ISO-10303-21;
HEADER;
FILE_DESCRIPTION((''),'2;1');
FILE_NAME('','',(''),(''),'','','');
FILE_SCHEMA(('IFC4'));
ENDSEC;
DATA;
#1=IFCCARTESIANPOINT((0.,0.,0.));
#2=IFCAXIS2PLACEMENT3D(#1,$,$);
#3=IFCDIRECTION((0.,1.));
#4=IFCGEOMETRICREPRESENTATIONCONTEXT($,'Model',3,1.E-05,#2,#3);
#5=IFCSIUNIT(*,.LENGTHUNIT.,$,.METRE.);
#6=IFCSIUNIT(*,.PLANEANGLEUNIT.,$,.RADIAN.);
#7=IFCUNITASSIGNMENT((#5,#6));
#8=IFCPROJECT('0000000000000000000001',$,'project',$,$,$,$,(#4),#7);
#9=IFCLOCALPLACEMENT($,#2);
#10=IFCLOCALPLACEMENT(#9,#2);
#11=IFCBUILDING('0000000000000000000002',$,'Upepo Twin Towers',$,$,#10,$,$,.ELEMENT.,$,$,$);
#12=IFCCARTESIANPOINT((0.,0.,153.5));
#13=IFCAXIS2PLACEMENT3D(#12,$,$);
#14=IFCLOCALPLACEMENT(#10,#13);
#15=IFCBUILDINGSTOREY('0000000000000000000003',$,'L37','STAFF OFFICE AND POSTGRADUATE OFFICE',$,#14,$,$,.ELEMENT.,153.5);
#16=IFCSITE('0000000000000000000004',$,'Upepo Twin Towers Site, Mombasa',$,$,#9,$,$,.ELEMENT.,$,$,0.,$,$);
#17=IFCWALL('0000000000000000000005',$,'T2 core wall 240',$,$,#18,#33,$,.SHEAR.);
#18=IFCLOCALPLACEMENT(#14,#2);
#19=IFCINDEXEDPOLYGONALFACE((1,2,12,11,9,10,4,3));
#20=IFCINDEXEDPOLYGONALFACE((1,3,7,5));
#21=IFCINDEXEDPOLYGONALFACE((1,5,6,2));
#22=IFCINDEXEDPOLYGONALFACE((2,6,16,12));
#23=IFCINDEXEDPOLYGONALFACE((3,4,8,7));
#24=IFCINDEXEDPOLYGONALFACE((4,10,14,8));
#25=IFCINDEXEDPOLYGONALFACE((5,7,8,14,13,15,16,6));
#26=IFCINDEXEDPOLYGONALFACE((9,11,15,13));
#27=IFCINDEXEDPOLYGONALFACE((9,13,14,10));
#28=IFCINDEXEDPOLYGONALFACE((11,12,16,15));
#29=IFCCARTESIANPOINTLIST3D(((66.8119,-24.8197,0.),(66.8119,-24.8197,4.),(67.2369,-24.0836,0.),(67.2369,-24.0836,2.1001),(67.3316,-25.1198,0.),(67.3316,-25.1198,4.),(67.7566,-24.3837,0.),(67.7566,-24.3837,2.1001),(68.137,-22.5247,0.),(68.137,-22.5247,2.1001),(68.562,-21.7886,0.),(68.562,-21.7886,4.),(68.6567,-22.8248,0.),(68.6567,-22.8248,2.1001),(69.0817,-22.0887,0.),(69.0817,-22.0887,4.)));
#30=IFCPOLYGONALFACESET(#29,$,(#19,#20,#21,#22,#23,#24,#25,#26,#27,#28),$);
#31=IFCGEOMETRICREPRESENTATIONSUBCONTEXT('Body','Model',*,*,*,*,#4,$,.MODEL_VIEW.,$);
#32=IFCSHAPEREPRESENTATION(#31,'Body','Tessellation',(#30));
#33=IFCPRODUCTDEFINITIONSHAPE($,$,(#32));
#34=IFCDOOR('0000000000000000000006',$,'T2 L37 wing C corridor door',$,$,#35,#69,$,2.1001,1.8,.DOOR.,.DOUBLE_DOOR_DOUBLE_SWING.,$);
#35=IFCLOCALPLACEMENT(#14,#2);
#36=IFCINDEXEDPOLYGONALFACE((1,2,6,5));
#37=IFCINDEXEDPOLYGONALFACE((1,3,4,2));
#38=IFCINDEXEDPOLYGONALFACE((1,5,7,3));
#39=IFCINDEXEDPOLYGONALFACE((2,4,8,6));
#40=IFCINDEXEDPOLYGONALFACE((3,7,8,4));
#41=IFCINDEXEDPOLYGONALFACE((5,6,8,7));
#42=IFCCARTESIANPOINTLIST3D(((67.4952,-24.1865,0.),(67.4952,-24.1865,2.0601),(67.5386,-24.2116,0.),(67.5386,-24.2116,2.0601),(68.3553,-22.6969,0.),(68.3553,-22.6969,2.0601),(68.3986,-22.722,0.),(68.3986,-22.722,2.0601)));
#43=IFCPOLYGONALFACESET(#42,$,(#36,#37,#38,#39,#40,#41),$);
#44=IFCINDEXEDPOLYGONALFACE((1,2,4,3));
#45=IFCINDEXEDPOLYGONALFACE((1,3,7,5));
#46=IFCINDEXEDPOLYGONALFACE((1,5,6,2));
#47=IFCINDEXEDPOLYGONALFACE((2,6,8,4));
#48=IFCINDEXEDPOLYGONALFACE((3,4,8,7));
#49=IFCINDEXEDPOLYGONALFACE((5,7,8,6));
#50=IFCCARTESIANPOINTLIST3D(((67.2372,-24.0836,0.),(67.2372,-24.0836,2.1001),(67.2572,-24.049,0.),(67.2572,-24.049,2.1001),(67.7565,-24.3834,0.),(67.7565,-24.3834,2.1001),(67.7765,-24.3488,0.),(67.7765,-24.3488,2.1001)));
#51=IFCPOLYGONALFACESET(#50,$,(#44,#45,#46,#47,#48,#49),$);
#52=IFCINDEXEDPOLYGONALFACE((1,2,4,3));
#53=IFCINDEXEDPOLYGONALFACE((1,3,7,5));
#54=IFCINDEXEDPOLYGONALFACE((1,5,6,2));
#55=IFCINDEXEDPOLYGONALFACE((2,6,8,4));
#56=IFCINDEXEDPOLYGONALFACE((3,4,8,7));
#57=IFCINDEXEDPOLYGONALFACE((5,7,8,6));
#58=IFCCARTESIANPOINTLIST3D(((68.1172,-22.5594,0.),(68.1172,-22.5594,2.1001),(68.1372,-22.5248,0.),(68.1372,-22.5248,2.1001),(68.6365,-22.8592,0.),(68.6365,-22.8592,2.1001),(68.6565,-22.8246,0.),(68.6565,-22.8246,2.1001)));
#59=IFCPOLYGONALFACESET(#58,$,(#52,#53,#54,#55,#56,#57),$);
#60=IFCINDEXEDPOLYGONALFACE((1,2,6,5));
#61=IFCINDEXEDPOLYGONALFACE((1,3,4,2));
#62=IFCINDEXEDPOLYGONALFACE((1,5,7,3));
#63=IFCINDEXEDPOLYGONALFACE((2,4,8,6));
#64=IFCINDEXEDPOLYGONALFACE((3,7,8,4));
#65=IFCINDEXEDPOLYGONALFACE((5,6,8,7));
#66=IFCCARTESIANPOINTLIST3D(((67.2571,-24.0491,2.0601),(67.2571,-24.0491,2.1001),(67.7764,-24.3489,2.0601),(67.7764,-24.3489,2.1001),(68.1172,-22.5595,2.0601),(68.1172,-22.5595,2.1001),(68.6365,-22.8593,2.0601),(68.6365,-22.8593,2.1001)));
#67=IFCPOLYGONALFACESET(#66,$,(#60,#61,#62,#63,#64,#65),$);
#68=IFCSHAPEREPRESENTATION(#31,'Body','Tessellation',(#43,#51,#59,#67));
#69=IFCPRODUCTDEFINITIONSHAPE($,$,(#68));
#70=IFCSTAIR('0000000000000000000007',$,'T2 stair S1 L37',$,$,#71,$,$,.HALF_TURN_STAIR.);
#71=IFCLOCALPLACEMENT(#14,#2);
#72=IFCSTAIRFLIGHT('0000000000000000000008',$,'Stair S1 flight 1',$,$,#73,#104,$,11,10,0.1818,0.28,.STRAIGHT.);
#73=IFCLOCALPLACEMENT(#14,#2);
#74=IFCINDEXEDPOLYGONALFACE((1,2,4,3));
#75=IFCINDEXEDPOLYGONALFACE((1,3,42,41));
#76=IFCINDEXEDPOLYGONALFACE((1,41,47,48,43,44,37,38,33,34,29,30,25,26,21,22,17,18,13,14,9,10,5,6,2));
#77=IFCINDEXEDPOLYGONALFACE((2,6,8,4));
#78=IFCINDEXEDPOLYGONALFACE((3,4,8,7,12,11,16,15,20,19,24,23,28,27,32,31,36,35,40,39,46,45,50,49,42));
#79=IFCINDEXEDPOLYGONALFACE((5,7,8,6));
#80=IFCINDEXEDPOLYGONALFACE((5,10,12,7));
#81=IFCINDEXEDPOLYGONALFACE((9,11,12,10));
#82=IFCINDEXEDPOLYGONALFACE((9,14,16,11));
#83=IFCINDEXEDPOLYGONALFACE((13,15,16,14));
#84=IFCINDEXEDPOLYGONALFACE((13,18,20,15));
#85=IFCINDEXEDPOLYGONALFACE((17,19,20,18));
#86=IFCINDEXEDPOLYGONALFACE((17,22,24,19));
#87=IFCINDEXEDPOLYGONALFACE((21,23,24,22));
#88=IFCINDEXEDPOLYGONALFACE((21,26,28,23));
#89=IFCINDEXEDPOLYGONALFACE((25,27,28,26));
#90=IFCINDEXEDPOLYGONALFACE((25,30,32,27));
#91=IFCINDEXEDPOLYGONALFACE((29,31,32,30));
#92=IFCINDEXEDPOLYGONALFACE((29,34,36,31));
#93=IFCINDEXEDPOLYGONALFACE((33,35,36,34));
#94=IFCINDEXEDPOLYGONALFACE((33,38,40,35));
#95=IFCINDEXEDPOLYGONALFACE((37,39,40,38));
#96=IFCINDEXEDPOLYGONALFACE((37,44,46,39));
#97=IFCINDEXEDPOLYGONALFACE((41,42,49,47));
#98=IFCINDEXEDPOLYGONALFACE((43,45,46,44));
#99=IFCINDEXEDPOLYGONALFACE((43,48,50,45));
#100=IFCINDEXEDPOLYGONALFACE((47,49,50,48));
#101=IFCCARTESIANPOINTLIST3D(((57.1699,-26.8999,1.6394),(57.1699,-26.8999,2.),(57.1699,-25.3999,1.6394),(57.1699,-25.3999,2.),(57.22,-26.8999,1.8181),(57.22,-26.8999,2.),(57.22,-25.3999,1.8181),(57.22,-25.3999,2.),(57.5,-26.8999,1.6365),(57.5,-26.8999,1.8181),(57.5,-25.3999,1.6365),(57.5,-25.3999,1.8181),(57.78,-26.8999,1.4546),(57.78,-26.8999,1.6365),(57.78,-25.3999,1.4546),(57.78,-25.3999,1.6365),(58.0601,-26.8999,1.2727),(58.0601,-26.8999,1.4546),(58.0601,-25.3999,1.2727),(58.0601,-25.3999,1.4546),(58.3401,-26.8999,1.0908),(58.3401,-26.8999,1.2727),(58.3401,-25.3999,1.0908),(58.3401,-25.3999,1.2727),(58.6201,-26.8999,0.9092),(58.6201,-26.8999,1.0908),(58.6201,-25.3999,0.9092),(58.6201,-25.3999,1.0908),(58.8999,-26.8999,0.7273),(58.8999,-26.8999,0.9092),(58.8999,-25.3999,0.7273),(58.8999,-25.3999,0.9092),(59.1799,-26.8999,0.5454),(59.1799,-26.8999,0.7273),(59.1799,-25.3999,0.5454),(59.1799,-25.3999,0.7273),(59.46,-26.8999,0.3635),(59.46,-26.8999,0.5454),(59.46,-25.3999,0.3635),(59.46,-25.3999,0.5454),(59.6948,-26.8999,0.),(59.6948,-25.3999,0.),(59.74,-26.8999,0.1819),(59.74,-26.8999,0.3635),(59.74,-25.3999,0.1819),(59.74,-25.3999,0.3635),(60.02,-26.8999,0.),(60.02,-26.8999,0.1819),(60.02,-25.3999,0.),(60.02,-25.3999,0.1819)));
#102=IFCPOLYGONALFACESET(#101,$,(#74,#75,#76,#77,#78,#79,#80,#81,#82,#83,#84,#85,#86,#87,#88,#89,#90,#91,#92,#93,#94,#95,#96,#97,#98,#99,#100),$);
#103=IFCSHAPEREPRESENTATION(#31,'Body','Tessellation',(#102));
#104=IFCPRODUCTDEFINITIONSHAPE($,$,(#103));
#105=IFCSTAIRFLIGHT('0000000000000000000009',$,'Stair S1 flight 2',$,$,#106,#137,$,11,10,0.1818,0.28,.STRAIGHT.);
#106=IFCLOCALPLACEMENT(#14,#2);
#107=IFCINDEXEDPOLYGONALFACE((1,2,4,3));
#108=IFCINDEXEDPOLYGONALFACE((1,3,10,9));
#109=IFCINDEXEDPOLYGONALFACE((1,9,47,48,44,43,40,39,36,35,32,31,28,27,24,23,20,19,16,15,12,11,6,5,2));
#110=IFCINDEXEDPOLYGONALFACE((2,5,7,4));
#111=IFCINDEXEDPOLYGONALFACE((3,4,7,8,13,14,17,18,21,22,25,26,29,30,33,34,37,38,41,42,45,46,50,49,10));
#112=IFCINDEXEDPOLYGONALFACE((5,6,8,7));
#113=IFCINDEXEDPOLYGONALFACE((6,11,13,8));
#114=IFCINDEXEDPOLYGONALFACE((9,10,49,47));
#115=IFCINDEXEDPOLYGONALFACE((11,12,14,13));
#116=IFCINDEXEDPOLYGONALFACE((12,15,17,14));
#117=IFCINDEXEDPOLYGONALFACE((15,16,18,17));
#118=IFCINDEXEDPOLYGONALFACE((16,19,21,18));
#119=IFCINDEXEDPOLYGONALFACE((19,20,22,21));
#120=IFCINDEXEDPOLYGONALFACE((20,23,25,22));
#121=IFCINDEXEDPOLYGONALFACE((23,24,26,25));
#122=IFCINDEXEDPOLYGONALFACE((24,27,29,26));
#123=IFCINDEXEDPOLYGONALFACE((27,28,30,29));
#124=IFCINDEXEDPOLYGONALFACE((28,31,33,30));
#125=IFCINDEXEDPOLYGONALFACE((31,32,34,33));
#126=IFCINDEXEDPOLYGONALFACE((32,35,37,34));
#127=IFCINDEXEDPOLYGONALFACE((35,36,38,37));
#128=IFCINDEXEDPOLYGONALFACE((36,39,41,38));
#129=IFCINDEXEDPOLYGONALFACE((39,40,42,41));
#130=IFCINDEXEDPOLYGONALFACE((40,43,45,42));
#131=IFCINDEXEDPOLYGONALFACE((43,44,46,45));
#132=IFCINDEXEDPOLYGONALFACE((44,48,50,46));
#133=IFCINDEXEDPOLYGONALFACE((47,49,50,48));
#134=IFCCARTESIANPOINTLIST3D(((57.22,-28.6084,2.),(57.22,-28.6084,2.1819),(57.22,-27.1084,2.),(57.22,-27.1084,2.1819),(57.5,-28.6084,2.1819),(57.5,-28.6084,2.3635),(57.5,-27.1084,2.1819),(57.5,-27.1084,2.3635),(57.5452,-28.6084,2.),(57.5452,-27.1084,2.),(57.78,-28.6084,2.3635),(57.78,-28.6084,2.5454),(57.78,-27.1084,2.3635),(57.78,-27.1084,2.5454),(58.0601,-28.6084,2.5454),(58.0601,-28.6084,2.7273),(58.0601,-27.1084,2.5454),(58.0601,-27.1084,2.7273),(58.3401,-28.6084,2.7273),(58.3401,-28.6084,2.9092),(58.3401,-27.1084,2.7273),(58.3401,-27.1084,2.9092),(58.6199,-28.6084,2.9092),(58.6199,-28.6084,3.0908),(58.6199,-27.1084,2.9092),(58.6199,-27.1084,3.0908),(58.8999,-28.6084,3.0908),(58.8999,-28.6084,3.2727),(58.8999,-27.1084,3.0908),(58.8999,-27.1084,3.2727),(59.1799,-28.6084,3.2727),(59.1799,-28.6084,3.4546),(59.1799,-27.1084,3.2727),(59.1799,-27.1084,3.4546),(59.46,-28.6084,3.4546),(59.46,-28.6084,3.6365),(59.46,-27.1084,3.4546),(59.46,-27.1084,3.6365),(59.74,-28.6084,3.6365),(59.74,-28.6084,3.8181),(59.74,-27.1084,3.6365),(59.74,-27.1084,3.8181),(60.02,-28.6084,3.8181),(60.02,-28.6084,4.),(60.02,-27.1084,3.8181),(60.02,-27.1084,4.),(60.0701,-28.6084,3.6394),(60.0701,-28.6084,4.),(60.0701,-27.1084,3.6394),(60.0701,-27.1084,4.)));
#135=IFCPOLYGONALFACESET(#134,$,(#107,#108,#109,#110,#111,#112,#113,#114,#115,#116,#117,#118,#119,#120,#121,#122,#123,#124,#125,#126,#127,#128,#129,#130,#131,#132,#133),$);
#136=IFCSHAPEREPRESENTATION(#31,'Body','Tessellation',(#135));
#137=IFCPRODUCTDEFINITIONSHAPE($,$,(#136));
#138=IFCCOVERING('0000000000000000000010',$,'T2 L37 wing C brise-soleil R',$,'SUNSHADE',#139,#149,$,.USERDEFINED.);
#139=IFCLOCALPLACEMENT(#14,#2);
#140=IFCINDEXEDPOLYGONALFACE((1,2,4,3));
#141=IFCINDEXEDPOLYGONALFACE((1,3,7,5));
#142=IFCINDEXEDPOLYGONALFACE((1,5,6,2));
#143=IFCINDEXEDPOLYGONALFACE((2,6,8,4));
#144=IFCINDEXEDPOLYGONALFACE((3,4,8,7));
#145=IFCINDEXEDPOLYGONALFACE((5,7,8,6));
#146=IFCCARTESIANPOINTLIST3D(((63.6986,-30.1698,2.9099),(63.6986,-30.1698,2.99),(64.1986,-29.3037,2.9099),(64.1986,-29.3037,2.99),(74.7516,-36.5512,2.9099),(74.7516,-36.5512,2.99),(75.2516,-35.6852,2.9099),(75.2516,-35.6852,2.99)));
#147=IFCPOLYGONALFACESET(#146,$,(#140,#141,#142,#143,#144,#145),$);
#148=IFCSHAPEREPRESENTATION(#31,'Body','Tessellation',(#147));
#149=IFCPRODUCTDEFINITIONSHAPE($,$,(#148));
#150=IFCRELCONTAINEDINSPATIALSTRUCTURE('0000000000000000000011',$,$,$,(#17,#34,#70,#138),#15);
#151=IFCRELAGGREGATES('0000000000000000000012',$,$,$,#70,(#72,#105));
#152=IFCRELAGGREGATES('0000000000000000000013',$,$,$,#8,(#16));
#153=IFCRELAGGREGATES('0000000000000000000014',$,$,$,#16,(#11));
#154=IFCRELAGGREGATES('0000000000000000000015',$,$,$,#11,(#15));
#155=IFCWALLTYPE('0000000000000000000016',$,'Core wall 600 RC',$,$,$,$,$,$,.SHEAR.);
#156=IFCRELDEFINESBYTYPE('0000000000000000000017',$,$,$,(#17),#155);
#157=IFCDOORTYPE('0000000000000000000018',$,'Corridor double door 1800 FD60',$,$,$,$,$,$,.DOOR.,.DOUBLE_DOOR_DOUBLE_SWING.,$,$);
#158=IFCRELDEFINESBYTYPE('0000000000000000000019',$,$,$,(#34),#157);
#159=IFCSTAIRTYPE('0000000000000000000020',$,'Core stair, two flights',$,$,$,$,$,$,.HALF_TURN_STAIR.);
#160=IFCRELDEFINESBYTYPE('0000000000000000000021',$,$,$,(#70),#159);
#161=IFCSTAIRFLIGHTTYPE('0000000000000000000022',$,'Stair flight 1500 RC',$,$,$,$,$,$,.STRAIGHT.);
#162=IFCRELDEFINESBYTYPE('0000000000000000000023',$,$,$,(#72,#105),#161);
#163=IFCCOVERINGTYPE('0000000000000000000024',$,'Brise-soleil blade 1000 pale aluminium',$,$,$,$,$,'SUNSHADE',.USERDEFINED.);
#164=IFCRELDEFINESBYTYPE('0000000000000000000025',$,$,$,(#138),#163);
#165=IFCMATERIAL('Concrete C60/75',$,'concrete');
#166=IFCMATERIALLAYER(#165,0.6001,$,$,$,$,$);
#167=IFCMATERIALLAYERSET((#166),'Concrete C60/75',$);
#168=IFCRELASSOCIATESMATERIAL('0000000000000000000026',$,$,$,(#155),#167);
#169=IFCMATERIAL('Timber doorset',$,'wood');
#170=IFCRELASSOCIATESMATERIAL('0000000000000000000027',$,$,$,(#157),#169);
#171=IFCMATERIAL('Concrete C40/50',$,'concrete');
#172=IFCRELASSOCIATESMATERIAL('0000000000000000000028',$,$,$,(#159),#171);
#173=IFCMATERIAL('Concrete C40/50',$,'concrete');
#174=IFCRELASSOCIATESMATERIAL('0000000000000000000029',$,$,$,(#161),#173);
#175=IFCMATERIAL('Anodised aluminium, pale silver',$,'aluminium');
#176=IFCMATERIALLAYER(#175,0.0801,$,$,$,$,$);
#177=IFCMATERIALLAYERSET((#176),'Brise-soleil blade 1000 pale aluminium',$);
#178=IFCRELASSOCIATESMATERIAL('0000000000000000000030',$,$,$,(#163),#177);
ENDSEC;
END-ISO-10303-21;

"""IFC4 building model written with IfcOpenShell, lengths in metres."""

from ifc_helpers import new_model, si_unit, direction, frame, frame_2d, origin, origin_2d, place, context, subcontext, project, spatial, polyline, rectangle, outline, extrude, material, layer, layer_set, type_object, element, fill, aggregate, save


model = new_model("IFC4")

# Units and contexts
model_context = context("Model", 3, precision=1e-05, world=origin(), true_north=direction((0.0, 1.0)))
body_context = subcontext(model_context, "Body", "Model", "MODEL_VIEW")
ifc_project = project(units=[si_unit("LENGTHUNIT", "METRE"), si_unit("PLANEANGLEUNIT", "RADIAN")], contexts=[model_context])

# Site, building, storey
site_placement = place(None, origin())
site = spatial("IfcSite", under=ifc_project, at=site_placement, Name="Upepo Twin Towers Site, Mombasa", CompositionType="ELEMENT", RefElevation=0.0)
building_placement = place(site_placement, origin())
building = spatial("IfcBuilding", under=site, at=building_placement, Name="Upepo Twin Towers", CompositionType="ELEMENT")
storey_placement = place(building_placement, frame((0.0, 0.0, 153.5)))
storey = spatial("IfcBuildingStorey", under=building, at=storey_placement, Name="L37", Description="STAFF OFFICE AND POSTGRADUATE OFFICE", CompositionType="ELEMENT", Elevation=153.5)

# Shared definitions
ifc_material_1 = material(Name="Concrete C60/75", Category="concrete")
ifc_layer_1 = layer(ifc_material_1, 0.6001)
ifc_layer_set_1 = layer_set([ifc_layer_1], Name="Concrete C60/75")
wall_type_1 = type_object("IfcWallType", Name="Core wall 600 RC", PredefinedType="SHEAR", material=ifc_layer_set_1)

# Wall, opening, door
wall_1_placement = place(storey_placement, frame((67.0718, -24.9697, 0.0), z_axis=(0.0, 0.0, 1.0), x_axis=(0.50001, 0.866019, 0.0)))
wall_1 = element("IfcWall", 1, at=wall_1_placement, inside=storey, type_object=wall_type_1, Name="T2 core wall 240", PredefinedType="SHEAR", context=body_context, shape_type="SweptSolid", body=[
    extrude(rectangle(XDim=3.5, YDim=0.6001, at=frame_2d((1.75, 0.0))), origin(), (0.0, 0.0, 1.0), 4.0),
])
opening_1_placement = place(wall_1_placement, frame((0.8501, 0.0, 0.0)))
opening_1 = element("IfcOpeningElement", 2, at=opening_1_placement, cuts=wall_1, PredefinedType="OPENING", context=body_context, shape_type="SweptSolid", body=[
    extrude(rectangle(XDim=1.8, YDim=2.1001, at=frame_2d((0.8999, 1.05))), frame((0.0, 0.3101, 0.0), z_axis=(0.0, -1.0, 0.0), x_axis=(1.0, 0.0, 0.0)), (0.0, 0.0, 1.0), 0.6201),
])
ifc_material_2 = material(Name="Timber doorset", Category="wood")
door_type_1 = type_object("IfcDoorType", Name="Corridor double door 1800 FD60", OperationType="DOUBLE_DOOR_DOUBLE_SWING", PredefinedType="DOOR", material=ifc_material_2)
door_1_placement = place(opening_1_placement, origin())
door_1 = element("IfcDoor", 3, at=door_1_placement, inside=storey, type_object=door_type_1, Name="T2 L37 wing C corridor door", OperationType="DOUBLE_DOOR_DOUBLE_SWING", OverallHeight=2.1001, OverallWidth=1.8, PredefinedType="DOOR", context=body_context, shape_type="SweptSolid", body=[
    extrude(rectangle(XDim=1.72, YDim=2.0601, at=frame_2d((0.8999, 1.03))), frame((0.0, 0.0249, 0.0), z_axis=(0.0, -1.0, 0.0), x_axis=(1.0, 0.0, 0.0)), (0.0, 0.0, 1.0), 0.05),
    extrude(rectangle(XDim=0.04, YDim=2.1001, at=frame_2d((0.02, 1.05))), frame((0.0, 0.2998, 0.0), z_axis=(0.0, -1.0, 0.0), x_axis=(1.0, 0.0, 0.0)), (0.0, 0.0, 1.0), 0.5996),
    extrude(rectangle(XDim=0.04, YDim=2.1001, at=frame_2d((1.78, 1.05))), frame((0.0, 0.2998, 0.0), z_axis=(0.0, -1.0, 0.0), x_axis=(1.0, 0.0, 0.0)), (0.0, 0.0, 1.0), 0.5996),
    extrude(rectangle(XDim=1.72, YDim=0.04, at=frame_2d((0.8999, 2.0801))), frame((0.0, 0.2998, 0.0), z_axis=(0.0, -1.0, 0.0), x_axis=(1.0, 0.0, 0.0)), (0.0, 0.0, 1.0), 0.5996),
])
fill(opening_1, door_1)

# Stair, stair flights
ifc_material_3 = material(Name="Concrete C40/50", Category="concrete")
stair_type = type_object("IfcStairType", Name="Core stair, two flights", PredefinedType="HALF_TURN_STAIR", material=ifc_material_3)
stair_placement = place(storey_placement, origin())
stair = element("IfcStair", 4, at=stair_placement, inside=storey, type_object=stair_type, Name="T2 stair S1 L37", PredefinedType="HALF_TURN_STAIR")
ifc_material_4 = material(Name="Concrete C40/50", Category="concrete")
stair_flight_type = type_object("IfcStairFlightType", Name="Stair flight 1500 RC", PredefinedType="STRAIGHT", material=ifc_material_4)
stair_flight_1_placement = place(storey_placement, frame((60.02, -26.1499, 0.0), z_axis=(0.0, 0.0, 1.0), x_axis=(-1.0, 0.0, 0.0)))
stair_flight_1 = element("IfcStairFlight", 5, at=stair_flight_1_placement, type_object=stair_flight_type, Name="Stair S1 flight 1", NumberOfRisers=11, NumberOfTreads=10, PredefinedType="STRAIGHT", RiserHeight=0.1818, TreadLength=0.28, context=body_context, shape_type="SweptSolid", body=[
    extrude(outline(polyline([(0.0, 0.0), (0.0, 0.1819), (0.28, 0.1819), (0.28, 0.3635), (0.5601, 0.3635), (0.5601, 0.5454), (0.8401, 0.5454), (0.8401, 0.7273), (1.1201, 0.7273), (1.1201, 0.9092), (1.3999, 0.9092), (1.3999, 1.0908), (1.6799, 1.0908), (1.6799, 1.2727), (1.96, 1.2727), (1.96, 1.4546), (2.24, 1.4546), (2.24, 1.6365), (2.52, 1.6365), (2.52, 1.8181), (2.8, 1.8181), (2.8, 2.0), (2.8501, 2.0), (2.8501, 1.6394), (0.3252, 0.0), (0.0, 0.0)])), frame((0.0, 0.75, 0.0), z_axis=(0.0, -1.0, 0.0), x_axis=(1.0, 0.0, 0.0)), (0.0, 0.0, 1.0), 1.5),
])
stair_flight_2_placement = place(storey_placement, frame((57.22, -27.8584, 2.0), z_axis=(0.0, 0.0, 1.0), x_axis=(1.0, 0.0, 0.0)))
stair_flight_2 = element("IfcStairFlight", 6, at=stair_flight_2_placement, type_object=stair_flight_type, Name="Stair S1 flight 2", NumberOfRisers=11, NumberOfTreads=10, PredefinedType="STRAIGHT", RiserHeight=0.1818, TreadLength=0.28, context=body_context, shape_type="SweptSolid", body=[
    extrude(outline(polyline([(0.0, 0.0), (0.0, 0.1819), (0.28, 0.1819), (0.28, 0.3635), (0.5601, 0.3635), (0.5601, 0.5454), (0.8401, 0.5454), (0.8401, 0.7273), (1.1201, 0.7273), (1.1201, 0.9092), (1.3999, 0.9092), (1.3999, 1.0908), (1.6799, 1.0908), (1.6799, 1.2727), (1.96, 1.2727), (1.96, 1.4546), (2.24, 1.4546), (2.24, 1.6365), (2.52, 1.6365), (2.52, 1.8181), (2.8, 1.8181), (2.8, 2.0), (2.8501, 2.0), (2.8501, 1.6394), (0.3252, 0.0), (0.0, 0.0)])), frame((0.0, 0.75, 0.0), z_axis=(0.0, -1.0, 0.0), x_axis=(1.0, 0.0, 0.0)), (0.0, 0.0, 1.0), 1.5),
])
aggregate(stair, [stair_flight_1, stair_flight_2])

# Covering
ifc_material_5 = material(Name="Anodised aluminium, pale silver", Category="aluminium")
ifc_layer_2 = layer(ifc_material_5, 0.0801)
ifc_layer_set_2 = layer_set([ifc_layer_2], Name="Brise-soleil blade 1000 pale aluminium")
covering_type = type_object("IfcCoveringType", Name="Brise-soleil blade 1000 pale aluminium", ElementType="SUNSHADE", PredefinedType="USERDEFINED", material=ifc_layer_set_2)
covering_placement = place(storey_placement, frame((69.4751, -32.9275, 2.9099), z_axis=(0.0, 0.0, 1.0), x_axis=(0.866025, -0.5, 0.0)))
element("IfcCovering", 7, at=covering_placement, inside=storey, type_object=covering_type, Name="T2 L37 wing C brise-soleil R", ObjectType="SUNSHADE", PredefinedType="USERDEFINED", context=body_context, shape_type="SweptSolid", body=[
    extrude(rectangle(XDim=12.7629, YDim=1.0, at=origin_2d()), origin(), (0.0, 0.0, 1.0), 0.0801),
])

save(model, "model.ifc")
